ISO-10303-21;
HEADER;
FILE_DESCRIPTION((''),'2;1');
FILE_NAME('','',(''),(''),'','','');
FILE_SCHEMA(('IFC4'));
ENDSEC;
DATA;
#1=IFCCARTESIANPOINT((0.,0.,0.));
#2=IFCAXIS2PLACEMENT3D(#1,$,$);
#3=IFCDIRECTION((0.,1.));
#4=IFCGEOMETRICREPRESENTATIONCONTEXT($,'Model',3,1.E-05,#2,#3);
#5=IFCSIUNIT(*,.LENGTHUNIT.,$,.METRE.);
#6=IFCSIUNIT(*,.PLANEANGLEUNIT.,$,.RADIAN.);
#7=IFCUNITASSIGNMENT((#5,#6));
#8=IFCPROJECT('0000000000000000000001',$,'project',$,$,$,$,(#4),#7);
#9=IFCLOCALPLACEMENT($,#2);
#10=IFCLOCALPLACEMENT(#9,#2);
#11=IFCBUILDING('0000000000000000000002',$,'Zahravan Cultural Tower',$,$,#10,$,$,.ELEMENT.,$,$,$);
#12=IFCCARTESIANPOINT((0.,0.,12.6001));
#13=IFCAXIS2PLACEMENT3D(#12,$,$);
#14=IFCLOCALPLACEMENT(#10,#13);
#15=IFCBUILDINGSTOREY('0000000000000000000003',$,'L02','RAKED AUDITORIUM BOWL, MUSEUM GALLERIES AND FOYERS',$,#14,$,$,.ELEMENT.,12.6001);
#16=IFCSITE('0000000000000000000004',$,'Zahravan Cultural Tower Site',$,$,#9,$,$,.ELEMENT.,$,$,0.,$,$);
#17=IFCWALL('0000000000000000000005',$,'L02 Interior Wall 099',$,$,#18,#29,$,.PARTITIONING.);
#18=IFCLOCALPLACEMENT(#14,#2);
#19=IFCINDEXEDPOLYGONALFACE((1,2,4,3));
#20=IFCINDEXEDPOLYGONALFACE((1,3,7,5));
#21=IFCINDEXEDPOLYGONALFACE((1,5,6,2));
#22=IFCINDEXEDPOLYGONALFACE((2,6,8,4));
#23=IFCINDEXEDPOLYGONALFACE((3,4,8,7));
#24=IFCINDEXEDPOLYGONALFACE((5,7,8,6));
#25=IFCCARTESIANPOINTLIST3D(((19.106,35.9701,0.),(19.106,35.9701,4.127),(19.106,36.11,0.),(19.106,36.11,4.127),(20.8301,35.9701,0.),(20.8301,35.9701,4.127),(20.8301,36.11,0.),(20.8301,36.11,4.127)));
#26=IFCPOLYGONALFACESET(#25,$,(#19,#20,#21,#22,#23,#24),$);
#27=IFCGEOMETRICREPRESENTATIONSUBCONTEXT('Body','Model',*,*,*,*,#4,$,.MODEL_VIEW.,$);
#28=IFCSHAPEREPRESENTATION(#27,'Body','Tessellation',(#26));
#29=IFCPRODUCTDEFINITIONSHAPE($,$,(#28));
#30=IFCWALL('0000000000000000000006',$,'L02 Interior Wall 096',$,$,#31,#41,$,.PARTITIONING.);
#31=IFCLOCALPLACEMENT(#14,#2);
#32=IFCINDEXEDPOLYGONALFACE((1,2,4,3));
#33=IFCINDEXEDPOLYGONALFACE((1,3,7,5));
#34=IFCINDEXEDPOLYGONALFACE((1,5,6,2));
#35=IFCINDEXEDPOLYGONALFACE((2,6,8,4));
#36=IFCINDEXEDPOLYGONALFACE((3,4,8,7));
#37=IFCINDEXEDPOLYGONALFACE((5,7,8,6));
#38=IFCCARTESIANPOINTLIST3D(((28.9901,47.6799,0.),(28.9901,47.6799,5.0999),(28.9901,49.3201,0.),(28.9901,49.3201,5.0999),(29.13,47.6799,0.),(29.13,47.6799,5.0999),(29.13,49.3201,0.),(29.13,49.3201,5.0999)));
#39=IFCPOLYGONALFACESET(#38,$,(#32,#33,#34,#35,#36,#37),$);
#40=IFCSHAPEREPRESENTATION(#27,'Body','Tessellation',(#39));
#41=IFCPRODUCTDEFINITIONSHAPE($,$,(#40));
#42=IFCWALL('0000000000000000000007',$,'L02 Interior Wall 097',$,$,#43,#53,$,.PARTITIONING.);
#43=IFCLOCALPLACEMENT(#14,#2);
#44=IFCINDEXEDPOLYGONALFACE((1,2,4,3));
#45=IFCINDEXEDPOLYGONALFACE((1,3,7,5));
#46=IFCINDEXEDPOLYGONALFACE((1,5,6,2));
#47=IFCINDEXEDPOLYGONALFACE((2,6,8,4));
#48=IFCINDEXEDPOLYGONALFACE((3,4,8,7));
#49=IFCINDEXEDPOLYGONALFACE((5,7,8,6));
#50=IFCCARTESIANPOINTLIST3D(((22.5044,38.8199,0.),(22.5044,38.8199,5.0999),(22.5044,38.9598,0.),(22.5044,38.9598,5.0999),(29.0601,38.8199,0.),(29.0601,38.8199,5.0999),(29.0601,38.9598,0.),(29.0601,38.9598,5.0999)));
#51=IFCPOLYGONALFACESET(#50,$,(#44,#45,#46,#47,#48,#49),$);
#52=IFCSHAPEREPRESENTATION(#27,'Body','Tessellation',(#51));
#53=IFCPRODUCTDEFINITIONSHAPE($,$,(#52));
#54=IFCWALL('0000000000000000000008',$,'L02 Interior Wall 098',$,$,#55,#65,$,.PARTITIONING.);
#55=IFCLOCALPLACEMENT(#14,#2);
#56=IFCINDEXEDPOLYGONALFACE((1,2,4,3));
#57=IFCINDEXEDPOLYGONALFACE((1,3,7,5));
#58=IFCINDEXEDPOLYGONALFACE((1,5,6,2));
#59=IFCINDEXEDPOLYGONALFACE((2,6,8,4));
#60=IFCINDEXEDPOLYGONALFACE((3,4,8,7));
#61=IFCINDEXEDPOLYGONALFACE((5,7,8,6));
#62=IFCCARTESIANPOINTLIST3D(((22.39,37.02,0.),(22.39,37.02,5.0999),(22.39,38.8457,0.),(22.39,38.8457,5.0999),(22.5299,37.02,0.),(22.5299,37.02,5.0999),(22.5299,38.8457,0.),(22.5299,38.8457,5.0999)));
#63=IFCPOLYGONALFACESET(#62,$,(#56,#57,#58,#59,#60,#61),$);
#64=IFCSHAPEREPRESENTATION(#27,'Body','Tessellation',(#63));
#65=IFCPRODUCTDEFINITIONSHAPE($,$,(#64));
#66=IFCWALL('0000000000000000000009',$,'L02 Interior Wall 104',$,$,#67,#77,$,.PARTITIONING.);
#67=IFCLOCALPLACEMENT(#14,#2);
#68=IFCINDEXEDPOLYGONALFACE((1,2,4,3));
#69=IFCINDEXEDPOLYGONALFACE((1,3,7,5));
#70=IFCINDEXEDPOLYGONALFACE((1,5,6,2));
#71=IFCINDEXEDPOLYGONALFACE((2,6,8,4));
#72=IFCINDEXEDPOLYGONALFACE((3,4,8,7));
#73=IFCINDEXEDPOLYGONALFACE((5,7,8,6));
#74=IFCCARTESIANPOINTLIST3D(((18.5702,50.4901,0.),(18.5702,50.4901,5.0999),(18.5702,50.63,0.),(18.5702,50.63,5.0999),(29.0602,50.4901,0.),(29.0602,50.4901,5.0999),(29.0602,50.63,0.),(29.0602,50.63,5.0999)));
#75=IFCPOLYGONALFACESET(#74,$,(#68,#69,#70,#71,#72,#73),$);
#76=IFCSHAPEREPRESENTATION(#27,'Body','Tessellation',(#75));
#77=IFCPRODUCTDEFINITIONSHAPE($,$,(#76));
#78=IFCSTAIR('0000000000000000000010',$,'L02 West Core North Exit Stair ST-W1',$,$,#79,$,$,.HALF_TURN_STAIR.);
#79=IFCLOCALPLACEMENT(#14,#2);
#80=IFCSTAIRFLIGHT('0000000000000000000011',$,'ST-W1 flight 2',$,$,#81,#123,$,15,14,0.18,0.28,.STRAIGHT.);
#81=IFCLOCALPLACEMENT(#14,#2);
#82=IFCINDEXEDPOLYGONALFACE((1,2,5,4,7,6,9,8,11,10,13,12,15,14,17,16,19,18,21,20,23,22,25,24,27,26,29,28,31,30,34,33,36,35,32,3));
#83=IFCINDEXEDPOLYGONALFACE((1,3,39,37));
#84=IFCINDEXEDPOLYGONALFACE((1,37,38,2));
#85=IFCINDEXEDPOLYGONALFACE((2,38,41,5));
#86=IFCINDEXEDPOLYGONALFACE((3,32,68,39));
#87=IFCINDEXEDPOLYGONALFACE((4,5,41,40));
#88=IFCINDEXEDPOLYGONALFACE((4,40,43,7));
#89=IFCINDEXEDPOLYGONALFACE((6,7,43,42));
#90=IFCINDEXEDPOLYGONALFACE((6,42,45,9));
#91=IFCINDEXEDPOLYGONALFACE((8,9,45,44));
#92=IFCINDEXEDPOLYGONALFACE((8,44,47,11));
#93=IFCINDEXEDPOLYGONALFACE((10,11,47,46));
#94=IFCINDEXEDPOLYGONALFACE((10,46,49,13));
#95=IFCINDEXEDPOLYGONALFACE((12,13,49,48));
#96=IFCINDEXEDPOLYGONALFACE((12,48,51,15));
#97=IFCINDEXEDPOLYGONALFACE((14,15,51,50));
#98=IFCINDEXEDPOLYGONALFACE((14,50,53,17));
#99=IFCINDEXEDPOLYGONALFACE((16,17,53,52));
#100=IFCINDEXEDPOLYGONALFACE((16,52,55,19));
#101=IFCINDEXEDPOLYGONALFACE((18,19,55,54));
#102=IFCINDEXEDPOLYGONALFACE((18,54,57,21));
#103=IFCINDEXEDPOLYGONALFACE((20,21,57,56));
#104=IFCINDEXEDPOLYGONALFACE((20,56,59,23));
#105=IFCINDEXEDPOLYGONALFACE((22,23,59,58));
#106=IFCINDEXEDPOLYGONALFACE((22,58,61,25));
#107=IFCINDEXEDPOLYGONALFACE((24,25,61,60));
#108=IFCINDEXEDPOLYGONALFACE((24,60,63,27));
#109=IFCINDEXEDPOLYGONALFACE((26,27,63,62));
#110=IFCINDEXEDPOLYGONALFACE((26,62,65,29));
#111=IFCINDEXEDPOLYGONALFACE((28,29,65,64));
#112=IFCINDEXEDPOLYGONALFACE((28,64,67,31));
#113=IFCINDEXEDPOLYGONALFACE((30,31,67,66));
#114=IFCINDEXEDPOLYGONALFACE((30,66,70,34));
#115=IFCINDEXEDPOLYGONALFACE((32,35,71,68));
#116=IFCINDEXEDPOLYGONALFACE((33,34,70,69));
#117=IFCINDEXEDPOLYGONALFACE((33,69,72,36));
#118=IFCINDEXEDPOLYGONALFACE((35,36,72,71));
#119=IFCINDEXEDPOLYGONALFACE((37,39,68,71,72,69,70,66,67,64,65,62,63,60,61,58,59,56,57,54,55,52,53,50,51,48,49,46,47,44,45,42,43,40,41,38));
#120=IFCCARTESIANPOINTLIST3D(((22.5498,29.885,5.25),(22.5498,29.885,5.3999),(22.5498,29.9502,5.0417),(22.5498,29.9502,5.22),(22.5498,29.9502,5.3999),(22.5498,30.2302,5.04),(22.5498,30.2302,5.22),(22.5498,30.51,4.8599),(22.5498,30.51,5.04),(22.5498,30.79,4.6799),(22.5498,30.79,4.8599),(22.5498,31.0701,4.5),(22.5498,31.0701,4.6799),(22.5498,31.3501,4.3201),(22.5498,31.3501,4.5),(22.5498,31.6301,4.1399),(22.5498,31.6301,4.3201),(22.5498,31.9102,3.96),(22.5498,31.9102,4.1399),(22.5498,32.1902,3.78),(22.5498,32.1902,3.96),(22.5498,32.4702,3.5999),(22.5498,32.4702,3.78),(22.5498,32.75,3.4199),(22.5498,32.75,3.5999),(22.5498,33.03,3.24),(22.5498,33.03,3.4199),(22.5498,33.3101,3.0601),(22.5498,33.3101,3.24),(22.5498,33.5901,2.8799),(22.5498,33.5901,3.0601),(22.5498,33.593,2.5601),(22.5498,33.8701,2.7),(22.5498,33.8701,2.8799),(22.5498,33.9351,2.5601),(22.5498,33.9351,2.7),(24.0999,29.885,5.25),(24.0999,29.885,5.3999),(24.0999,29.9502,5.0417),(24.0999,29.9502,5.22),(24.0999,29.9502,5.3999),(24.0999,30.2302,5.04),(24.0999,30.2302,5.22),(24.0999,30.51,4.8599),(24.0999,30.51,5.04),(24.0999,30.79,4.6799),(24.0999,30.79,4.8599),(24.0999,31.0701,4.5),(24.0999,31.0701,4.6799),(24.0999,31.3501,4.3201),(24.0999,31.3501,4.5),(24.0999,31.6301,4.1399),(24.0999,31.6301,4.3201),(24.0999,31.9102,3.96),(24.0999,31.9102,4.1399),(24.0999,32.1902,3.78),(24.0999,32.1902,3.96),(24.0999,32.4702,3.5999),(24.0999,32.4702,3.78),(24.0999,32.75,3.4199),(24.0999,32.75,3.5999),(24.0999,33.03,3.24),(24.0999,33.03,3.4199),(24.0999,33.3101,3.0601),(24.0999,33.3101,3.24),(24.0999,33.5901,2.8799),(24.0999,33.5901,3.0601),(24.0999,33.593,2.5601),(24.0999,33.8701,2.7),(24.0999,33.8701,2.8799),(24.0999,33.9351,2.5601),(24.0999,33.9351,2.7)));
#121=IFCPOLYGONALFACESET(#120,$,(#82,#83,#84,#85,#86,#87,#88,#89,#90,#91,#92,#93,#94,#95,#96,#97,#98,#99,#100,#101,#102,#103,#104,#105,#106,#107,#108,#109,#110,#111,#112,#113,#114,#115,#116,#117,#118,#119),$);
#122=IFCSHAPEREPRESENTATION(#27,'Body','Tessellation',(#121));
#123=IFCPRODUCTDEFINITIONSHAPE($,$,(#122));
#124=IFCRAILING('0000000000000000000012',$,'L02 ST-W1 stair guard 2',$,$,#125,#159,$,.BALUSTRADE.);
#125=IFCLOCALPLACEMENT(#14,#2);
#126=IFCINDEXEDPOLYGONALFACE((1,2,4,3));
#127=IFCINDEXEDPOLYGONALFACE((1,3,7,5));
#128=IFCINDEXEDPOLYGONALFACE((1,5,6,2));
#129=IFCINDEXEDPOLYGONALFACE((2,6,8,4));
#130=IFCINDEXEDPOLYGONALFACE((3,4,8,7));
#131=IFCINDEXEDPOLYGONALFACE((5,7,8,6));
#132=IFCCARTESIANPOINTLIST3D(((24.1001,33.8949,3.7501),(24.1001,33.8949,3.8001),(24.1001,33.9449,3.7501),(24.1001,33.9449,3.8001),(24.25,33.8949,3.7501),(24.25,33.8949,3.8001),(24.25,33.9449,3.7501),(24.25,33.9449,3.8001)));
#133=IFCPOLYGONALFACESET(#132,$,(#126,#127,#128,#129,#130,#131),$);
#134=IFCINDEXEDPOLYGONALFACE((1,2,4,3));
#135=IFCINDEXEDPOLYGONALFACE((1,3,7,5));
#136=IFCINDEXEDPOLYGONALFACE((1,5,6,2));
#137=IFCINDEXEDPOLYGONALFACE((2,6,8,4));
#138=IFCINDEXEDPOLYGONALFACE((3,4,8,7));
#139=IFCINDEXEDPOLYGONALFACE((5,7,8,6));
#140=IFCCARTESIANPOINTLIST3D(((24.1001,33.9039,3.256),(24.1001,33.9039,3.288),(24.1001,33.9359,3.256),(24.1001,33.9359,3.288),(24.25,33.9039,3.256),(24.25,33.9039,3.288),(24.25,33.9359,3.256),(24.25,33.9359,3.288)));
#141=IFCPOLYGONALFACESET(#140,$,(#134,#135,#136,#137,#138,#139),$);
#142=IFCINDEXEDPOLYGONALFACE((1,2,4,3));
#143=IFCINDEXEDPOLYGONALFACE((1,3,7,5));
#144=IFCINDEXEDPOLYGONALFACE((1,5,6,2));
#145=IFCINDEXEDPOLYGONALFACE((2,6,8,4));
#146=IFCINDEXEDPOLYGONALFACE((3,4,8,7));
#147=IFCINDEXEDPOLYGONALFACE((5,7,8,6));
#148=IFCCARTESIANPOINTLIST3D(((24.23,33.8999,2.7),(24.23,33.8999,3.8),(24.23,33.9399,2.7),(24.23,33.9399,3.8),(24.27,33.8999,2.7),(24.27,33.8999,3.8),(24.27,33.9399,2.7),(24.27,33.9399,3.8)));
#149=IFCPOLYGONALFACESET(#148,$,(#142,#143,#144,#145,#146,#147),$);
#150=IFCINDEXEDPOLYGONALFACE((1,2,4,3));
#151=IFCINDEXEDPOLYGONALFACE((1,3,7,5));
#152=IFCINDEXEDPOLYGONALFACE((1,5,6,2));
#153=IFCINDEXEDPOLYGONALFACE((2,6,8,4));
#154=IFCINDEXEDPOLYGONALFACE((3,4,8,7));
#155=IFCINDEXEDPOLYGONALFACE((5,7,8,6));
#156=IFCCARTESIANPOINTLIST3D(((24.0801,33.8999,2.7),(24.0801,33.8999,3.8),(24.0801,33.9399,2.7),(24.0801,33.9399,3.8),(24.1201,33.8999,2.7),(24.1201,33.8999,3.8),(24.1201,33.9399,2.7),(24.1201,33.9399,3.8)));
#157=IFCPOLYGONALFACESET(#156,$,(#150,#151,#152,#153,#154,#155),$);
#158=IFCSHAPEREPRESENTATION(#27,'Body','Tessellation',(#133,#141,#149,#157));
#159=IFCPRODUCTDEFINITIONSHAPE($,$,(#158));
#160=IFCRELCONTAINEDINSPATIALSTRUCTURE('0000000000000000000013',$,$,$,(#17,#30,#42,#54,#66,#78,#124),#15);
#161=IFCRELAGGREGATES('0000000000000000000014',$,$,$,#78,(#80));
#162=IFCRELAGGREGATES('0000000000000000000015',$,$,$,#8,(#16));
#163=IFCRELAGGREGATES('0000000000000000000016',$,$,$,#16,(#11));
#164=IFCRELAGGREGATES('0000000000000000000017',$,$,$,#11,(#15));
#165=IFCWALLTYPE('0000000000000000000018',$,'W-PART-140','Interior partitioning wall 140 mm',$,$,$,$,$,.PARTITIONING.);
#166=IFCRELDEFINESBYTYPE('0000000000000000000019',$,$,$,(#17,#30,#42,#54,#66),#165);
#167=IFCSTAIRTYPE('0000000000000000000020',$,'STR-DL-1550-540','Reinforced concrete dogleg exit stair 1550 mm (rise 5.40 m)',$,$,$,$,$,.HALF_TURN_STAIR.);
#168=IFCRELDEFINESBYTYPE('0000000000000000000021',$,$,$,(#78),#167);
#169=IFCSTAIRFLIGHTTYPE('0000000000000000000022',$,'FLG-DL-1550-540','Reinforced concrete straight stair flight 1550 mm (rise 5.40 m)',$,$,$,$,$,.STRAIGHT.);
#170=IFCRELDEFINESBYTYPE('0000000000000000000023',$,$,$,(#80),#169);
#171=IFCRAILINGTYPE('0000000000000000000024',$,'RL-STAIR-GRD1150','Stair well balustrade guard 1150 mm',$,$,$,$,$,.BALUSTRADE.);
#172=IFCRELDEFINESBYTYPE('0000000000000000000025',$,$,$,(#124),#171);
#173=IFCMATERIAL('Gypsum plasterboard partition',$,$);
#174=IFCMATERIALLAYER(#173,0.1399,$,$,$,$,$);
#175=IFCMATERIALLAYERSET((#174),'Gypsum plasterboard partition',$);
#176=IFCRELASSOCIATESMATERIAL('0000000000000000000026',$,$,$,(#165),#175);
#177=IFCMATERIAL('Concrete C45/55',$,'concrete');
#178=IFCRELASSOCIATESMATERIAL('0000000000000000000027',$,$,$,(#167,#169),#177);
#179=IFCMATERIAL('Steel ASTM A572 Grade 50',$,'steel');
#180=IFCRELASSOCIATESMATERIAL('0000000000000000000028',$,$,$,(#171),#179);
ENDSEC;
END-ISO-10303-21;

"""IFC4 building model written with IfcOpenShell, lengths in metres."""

from ifc_helpers import new_model, si_unit, direction, frame, frame_2d, origin, origin_2d, place, context, subcontext, project, spatial, polyline, rectangle, outline, extrude, source, transform, mapped, material, layer, layer_set, type_object, element, aggregate, save


model = new_model("IFC4")

# Units and contexts
model_context = context("Model", 3, precision=1e-05, world=origin(), true_north=direction((0.0, 1.0)))
body_context = subcontext(model_context, "Body", "Model", "MODEL_VIEW")
ifc_project = project(units=[si_unit("LENGTHUNIT", "METRE"), si_unit("PLANEANGLEUNIT", "RADIAN")], contexts=[model_context])

# Site, building, storey
site_placement = place(None, origin())
site = spatial("IfcSite", under=ifc_project, at=site_placement, Name="Zahravan Cultural Tower Site", CompositionType="ELEMENT", RefElevation=0.0)
building_placement = place(site_placement, origin())
building = spatial("IfcBuilding", under=site, at=building_placement, Name="Zahravan Cultural Tower", CompositionType="ELEMENT")
storey_placement = place(building_placement, frame((0.0, 0.0, 12.6001)))
storey = spatial("IfcBuildingStorey", under=building, at=storey_placement, Name="L02", Description="RAKED AUDITORIUM BOWL, MUSEUM GALLERIES AND FOYERS", CompositionType="ELEMENT", Elevation=12.6001)

# Shared definitions
ifc_material_1 = material(Name="Steel ASTM A572 Grade 50", Category="steel")
ifc_material_2 = material(Name="Concrete C45/55", Category="concrete")

# Shared definitions
ifc_material_3 = material(Name="Gypsum plasterboard partition")
ifc_layer_1 = layer(ifc_material_3, 0.1399)
ifc_layer_set_1 = layer_set([ifc_layer_1], Name="Gypsum plasterboard partition")
wall_type_1 = type_object("IfcWallType", Name="W-PART-140", Description="Interior partitioning wall 140 mm", PredefinedType="PARTITIONING", material=ifc_layer_set_1)

# Walls
shared_shape_1 = source(origin(), body_context, "Body", "SweptSolid", [
    extrude(rectangle(XDim=1.7241, YDim=0.1399, at=frame_2d((0.8621, 0.0))), origin(), (0.0, 0.0, 1.0), 4.127),
])
wall_1_placement = place(storey_placement, frame((20.8301, 36.04, 0.0), z_axis=(0.0, 0.0, 1.0), x_axis=(-1.0, 0.0, 0.0)))
element("IfcWall", 1, at=wall_1_placement, inside=storey, type_object=wall_type_1, Name="L02 Interior Wall 099", PredefinedType="PARTITIONING", context=body_context, shape_type="MappedRepresentation", body=[
    mapped(shared_shape_1, transform((0.0, 0.0, 0.0), x_axis=(1.0, 0.0, 0.0), y_axis=(0.0, 1.0, 0.0), z_axis=(0.0, 0.0, 1.0), scale=1.0)),
])
shared_shape_2 = source(origin(), body_context, "Body", "SweptSolid", [
    extrude(rectangle(XDim=1.6401, YDim=0.1399, at=frame_2d((0.8201, 0.0))), origin(), (0.0, 0.0, 1.0), 5.0999),
])
wall_2_placement = place(storey_placement, frame((29.0601, 49.3201, 0.0), z_axis=(0.0, 0.0, 1.0), x_axis=(0.0, -1.0, 0.0)))
element("IfcWall", 2, at=wall_2_placement, inside=storey, type_object=wall_type_1, Name="L02 Interior Wall 096", PredefinedType="PARTITIONING", context=body_context, shape_type="MappedRepresentation", body=[
    mapped(shared_shape_2, transform((0.0, 0.0, 0.0), x_axis=(1.0, 0.0, 0.0), y_axis=(0.0, 1.0, 0.0), z_axis=(0.0, 0.0, 1.0), scale=1.0)),
])
shared_shape_3 = source(origin(), body_context, "Body", "SweptSolid", [
    extrude(rectangle(XDim=6.5557, YDim=0.1399, at=frame_2d((3.2778, 0.0))), origin(), (0.0, 0.0, 1.0), 5.0999),
])
wall_3_placement = place(storey_placement, frame((29.0601, 38.8899, 0.0), z_axis=(0.0, 0.0, 1.0), x_axis=(-1.0, 0.0, 0.0)))
element("IfcWall", 3, at=wall_3_placement, inside=storey, type_object=wall_type_1, Name="L02 Interior Wall 097", PredefinedType="PARTITIONING", context=body_context, shape_type="MappedRepresentation", body=[
    mapped(shared_shape_3, transform((0.0, 0.0, 0.0), x_axis=(1.0, 0.0, 0.0), y_axis=(0.0, 1.0, 0.0), z_axis=(0.0, 0.0, 1.0), scale=1.0)),
])
shared_shape_4 = source(origin(), body_context, "Body", "SweptSolid", [
    extrude(rectangle(XDim=1.8257, YDim=0.1399, at=frame_2d((0.9128, 0.0))), origin(), (0.0, 0.0, 1.0), 5.0999),
])
wall_4_placement = place(storey_placement, frame((22.46, 38.8457, 0.0), z_axis=(0.0, 0.0, 1.0), x_axis=(0.0, -1.0, 0.0)))
element("IfcWall", 4, at=wall_4_placement, inside=storey, type_object=wall_type_1, Name="L02 Interior Wall 098", PredefinedType="PARTITIONING", context=body_context, shape_type="MappedRepresentation", body=[
    mapped(shared_shape_4, transform((0.0, 0.0, 0.0), x_axis=(1.0, 0.0, 0.0), y_axis=(0.0, 1.0, 0.0), z_axis=(0.0, 0.0, 1.0), scale=1.0)),
])
shared_shape_5 = source(origin(), body_context, "Body", "SweptSolid", [
    extrude(rectangle(XDim=10.49, YDim=0.1399, at=frame_2d((5.2451, 0.0))), origin(), (0.0, 0.0, 1.0), 5.0999),
])
wall_5_placement = place(storey_placement, frame((18.5701, 50.5601, 0.0), z_axis=(0.0, 0.0, 1.0), x_axis=(1.0, 0.0, 0.0)))
element("IfcWall", 5, at=wall_5_placement, inside=storey, type_object=wall_type_1, Name="L02 Interior Wall 104", PredefinedType="PARTITIONING", context=body_context, shape_type="MappedRepresentation", body=[
    mapped(shared_shape_5, transform((0.0, 0.0, 0.0), x_axis=(1.0, 0.0, 0.0), y_axis=(0.0, 1.0, 0.0), z_axis=(0.0, 0.0, 1.0), scale=1.0)),
])

# Stair, stair flight
stair_type = type_object("IfcStairType", Name="STR-DL-1550-540", Description="Reinforced concrete dogleg exit stair 1550 mm (rise 5.40 m)", PredefinedType="HALF_TURN_STAIR", material=ifc_material_2)
stair_placement = place(storey_placement, origin())
stair = element("IfcStair", 6, at=stair_placement, inside=storey, type_object=stair_type, Name="L02 West Core North Exit Stair ST-W1", PredefinedType="HALF_TURN_STAIR")
stair_flight_type = type_object("IfcStairFlightType", Name="FLG-DL-1550-540", Description="Reinforced concrete straight stair flight 1550 mm (rise 5.40 m)", PredefinedType="STRAIGHT", material=ifc_material_2)
stair_flight_placement = place(storey_placement, frame((23.325, 33.8701, 2.7), z_axis=(0.0, 0.0, 1.0), x_axis=(0.0, -1.0, 0.0)))
stair_flight = element("IfcStairFlight", 7, at=stair_flight_placement, type_object=stair_flight_type, Name="ST-W1 flight 2", NumberOfRisers=15, NumberOfTreads=14, PredefinedType="STRAIGHT", RiserHeight=0.18, TreadLength=0.28, context=body_context, shape_type="SweptSolid", body=[
    extrude(outline(polyline([(-0.0649, -0.1399), (-0.0649, 0.0), (0.0, 0.0), (0.0, 0.1799), (0.28, 0.1799), (0.28, 0.3601), (0.5601, 0.3601), (0.5601, 0.54), (0.8401, 0.54), (0.8401, 0.72), (1.1201, 0.72), (1.1201, 0.8999), (1.3999, 0.8999), (1.3999, 1.0801), (1.6799, 1.0801), (1.6799, 1.26), (1.96, 1.26), (1.96, 1.4399), (2.24, 1.4399), (2.24, 1.6201), (2.52, 1.6201), (2.52, 1.8), (2.8, 1.8), (2.8, 1.98), (3.0801, 1.98), (3.0801, 2.1599), (3.3601, 2.1599), (3.3601, 2.3401), (3.6399, 2.3401), (3.6399, 2.52), (3.9199, 2.52), (3.9199, 2.7), (3.9851, 2.7), (3.9851, 2.55), (3.9199, 2.3418), (0.2771, -0.1399), (-0.0649, -0.1399)])), frame((0.0, 0.7749, 0.0), z_axis=(0.0, -1.0, 0.0), x_axis=(1.0, 0.0, 0.0)), (0.0, 0.0, 1.0), 1.55),
])
aggregate(stair, [stair_flight])

# Railing
railing_type_1 = type_object("IfcRailingType", Name="RL-STAIR-GRD1150", Description="Stair well balustrade guard 1150 mm", PredefinedType="BALUSTRADE", material=ifc_material_1)
railing_1_placement = place(storey_placement, frame((24.25, 33.9199, 2.7)))
element("IfcRailing", 8, at=railing_1_placement, inside=storey, type_object=railing_type_1, Name="L02 ST-W1 stair guard 2", PredefinedType="BALUSTRADE", context=body_context, shape_type="SweptSolid", body=[
    extrude(rectangle(XDim=0.05, YDim=0.05, at=origin_2d()), frame((0.0, 0.0, 1.0752), z_axis=(-1.0, 0.0, 0.0), x_axis=(0.0, -1.0, 0.0)), (0.0, 0.0, 1.0), 0.1499),
    extrude(rectangle(XDim=0.032, YDim=0.032, at=origin_2d()), frame((0.0, 0.0, 0.572), z_axis=(-1.0, 0.0, 0.0), x_axis=(0.0, -1.0, 0.0)), (0.0, 0.0, 1.0), 0.1499),
    extrude(rectangle(XDim=0.04, YDim=0.04, at=origin_2d()), origin(), (0.0, 0.0, 1.0), 1.1001),
    extrude(rectangle(XDim=0.04, YDim=0.04, at=origin_2d()), frame((-0.1499, 0.0, 0.0)), (0.0, 0.0, 1.0), 1.1001),
])

save(model, "model.ifc")
